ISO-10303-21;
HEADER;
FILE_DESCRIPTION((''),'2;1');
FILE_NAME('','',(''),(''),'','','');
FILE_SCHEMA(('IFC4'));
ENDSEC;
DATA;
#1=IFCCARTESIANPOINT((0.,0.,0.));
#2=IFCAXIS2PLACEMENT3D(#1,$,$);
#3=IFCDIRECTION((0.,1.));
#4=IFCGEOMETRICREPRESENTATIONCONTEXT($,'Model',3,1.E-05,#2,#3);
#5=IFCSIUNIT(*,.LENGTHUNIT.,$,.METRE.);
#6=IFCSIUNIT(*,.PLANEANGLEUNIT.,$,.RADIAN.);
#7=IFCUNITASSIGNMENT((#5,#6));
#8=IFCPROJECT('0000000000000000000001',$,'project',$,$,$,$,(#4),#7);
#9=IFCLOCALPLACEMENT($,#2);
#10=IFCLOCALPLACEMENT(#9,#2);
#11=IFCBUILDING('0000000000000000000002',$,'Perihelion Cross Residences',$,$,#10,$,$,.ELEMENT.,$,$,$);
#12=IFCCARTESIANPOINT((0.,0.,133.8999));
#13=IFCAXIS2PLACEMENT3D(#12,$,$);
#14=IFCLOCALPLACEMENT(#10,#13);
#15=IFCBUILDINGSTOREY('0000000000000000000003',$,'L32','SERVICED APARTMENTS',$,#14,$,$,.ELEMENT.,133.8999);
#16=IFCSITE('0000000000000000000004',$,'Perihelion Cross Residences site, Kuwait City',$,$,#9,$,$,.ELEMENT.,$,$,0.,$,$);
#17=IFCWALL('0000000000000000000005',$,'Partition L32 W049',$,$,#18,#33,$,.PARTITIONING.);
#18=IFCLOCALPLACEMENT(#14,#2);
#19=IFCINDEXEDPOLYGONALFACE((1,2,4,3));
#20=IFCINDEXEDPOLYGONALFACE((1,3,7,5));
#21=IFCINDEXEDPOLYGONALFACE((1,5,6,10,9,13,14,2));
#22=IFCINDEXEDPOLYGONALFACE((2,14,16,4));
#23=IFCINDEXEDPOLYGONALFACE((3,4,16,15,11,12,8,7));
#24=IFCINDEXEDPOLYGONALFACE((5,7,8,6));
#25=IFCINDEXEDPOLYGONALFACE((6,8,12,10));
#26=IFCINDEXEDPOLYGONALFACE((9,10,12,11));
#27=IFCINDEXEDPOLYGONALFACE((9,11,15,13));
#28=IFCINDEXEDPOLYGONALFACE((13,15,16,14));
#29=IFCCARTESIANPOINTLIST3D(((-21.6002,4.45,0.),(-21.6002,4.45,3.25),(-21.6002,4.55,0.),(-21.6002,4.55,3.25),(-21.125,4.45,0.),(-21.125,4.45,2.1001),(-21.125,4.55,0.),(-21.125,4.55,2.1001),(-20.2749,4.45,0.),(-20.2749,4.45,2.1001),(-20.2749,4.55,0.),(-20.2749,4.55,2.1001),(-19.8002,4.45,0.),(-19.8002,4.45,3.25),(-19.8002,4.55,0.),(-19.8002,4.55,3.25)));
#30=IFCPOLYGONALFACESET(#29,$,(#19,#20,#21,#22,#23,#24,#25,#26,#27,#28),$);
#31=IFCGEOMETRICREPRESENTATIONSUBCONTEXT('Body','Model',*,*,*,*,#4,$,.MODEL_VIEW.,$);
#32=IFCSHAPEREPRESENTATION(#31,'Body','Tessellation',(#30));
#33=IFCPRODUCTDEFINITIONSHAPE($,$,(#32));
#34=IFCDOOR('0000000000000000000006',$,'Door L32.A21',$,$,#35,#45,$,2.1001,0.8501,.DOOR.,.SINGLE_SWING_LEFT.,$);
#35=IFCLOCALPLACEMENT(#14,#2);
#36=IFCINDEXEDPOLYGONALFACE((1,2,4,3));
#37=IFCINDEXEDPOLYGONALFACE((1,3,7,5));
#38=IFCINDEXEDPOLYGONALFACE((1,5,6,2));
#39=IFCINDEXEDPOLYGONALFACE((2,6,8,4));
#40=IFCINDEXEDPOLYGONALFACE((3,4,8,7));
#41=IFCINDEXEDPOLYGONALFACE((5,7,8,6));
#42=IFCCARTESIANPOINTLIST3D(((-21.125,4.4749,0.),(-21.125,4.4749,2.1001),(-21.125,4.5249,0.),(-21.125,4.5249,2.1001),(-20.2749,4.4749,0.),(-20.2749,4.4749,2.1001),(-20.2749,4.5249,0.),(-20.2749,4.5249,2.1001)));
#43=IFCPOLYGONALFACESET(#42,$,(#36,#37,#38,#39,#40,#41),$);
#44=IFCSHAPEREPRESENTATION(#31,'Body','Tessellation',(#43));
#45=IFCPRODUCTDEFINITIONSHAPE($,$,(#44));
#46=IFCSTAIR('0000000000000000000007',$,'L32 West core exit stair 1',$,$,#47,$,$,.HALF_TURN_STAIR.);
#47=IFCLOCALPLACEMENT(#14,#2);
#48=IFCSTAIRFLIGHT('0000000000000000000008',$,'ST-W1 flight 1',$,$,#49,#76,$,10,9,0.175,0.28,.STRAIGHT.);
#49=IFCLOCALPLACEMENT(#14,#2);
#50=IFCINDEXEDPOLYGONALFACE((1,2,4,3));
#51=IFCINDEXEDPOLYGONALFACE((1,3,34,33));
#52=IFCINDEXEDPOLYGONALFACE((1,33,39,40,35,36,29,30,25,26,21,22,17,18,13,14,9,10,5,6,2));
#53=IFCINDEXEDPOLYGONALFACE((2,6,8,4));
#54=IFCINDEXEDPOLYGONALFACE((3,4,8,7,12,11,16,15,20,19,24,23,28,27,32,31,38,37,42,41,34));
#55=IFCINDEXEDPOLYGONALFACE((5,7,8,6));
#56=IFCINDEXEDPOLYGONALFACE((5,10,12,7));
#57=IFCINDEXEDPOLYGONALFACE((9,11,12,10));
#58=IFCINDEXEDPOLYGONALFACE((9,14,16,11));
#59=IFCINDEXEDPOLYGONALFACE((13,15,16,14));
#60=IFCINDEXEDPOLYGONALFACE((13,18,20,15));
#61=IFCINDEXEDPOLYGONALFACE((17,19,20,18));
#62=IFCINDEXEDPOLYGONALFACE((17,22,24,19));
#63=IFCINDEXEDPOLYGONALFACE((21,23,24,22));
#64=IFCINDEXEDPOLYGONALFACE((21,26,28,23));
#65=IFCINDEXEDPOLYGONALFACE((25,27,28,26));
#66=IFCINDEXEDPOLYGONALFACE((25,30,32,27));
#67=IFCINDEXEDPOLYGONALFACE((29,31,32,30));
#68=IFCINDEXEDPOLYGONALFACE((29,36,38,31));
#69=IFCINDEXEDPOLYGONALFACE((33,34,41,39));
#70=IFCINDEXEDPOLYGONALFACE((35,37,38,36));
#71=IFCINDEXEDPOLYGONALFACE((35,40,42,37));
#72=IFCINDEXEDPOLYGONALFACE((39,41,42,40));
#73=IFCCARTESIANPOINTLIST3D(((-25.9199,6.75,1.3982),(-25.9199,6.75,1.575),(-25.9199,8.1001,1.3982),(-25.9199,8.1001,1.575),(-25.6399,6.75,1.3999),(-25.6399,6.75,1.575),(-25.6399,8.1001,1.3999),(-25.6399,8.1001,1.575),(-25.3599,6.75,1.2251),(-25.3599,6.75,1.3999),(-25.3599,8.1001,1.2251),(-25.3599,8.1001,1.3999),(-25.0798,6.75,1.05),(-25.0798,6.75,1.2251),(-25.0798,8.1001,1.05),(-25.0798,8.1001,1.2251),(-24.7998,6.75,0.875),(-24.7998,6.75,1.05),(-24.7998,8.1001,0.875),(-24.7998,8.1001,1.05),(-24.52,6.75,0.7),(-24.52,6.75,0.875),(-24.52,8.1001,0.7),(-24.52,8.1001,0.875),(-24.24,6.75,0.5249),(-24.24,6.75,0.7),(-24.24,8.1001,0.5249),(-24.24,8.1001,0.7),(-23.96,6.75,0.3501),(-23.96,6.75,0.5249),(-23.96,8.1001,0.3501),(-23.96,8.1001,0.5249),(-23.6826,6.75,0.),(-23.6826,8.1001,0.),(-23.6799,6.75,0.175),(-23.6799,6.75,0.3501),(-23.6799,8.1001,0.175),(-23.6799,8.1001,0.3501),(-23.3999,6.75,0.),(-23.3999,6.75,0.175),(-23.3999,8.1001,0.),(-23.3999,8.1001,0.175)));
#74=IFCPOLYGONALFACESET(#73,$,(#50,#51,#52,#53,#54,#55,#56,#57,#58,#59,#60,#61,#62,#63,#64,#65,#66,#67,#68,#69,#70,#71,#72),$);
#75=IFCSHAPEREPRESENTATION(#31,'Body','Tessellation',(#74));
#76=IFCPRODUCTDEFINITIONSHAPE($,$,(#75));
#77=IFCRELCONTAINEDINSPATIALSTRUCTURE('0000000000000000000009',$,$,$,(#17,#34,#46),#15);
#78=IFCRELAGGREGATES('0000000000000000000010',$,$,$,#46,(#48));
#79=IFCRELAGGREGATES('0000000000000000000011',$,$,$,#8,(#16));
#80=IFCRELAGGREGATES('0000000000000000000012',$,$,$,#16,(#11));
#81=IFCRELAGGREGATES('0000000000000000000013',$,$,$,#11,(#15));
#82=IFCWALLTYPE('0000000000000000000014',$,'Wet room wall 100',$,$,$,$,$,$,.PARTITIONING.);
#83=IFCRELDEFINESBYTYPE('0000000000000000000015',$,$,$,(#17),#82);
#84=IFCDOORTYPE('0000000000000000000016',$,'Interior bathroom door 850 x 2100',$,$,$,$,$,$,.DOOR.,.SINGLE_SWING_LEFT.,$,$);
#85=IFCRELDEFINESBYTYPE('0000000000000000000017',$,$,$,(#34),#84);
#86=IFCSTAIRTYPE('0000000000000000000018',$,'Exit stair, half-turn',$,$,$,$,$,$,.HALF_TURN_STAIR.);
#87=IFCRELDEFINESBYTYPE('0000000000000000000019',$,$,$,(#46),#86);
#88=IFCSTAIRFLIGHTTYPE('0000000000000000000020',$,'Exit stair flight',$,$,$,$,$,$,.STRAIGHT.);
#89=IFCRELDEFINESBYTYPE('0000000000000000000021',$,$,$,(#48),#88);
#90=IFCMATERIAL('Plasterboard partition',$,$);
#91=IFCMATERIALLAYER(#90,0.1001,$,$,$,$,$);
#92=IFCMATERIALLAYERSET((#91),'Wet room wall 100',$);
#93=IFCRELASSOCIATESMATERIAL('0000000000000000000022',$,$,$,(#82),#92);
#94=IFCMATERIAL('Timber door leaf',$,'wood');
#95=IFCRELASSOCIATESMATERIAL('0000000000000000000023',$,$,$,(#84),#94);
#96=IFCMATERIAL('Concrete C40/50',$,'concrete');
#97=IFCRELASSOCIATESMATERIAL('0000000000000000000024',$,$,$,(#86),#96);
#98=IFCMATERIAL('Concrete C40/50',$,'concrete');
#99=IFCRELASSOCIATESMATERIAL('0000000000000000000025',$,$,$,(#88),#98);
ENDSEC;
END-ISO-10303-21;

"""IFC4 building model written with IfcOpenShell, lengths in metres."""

from ifc_helpers import new_model, si_unit, direction, frame, frame_2d, origin, place, context, subcontext, project, spatial, polyline, rectangle, outline, extrude, material, layer, layer_set, type_object, element, fill, aggregate, save


model = new_model("IFC4")

# Units and contexts
model_context = context("Model", 3, precision=1e-05, world=origin(), true_north=direction((0.0, 1.0)))
body_context = subcontext(model_context, "Body", "Model", "MODEL_VIEW")
ifc_project = project(units=[si_unit("LENGTHUNIT", "METRE"), si_unit("PLANEANGLEUNIT", "RADIAN")], contexts=[model_context])

# Site, building, storey
site_placement = place(None, origin())
site = spatial("IfcSite", under=ifc_project, at=site_placement, Name="Perihelion Cross Residences site, Kuwait City", CompositionType="ELEMENT", RefElevation=0.0)
building_placement = place(site_placement, origin())
building = spatial("IfcBuilding", under=site, at=building_placement, Name="Perihelion Cross Residences", CompositionType="ELEMENT")
storey_placement = place(building_placement, frame((0.0, 0.0, 133.8999)))
storey = spatial("IfcBuildingStorey", under=building, at=storey_placement, Name="L32", Description="SERVICED APARTMENTS", CompositionType="ELEMENT", Elevation=133.8999)

# Shared definitions
ifc_material_1 = material(Name="Plasterboard partition")
ifc_layer_1 = layer(ifc_material_1, 0.1001)
ifc_layer_set_1 = layer_set([ifc_layer_1], Name="Wet room wall 100")
wall_type_1 = type_object("IfcWallType", Name="Wet room wall 100", PredefinedType="PARTITIONING", material=ifc_layer_set_1)

# Wall, opening, door
wall_1_placement = place(storey_placement, frame((-21.6001, 4.5, 0.0), z_axis=(0.0, 0.0, 1.0), x_axis=(1.0, 0.0, 0.0)))
wall_1 = element("IfcWall", 1, at=wall_1_placement, inside=storey, type_object=wall_type_1, Name="Partition L32 W049", PredefinedType="PARTITIONING", context=body_context, shape_type="SweptSolid", body=[
    extrude(rectangle(XDim=1.8, YDim=0.1001, at=frame_2d((0.8999, 0.0))), origin(), (0.0, 0.0, 1.0), 3.25),
])
opening_1_placement = place(wall_1_placement, frame((0.4751, 0.0, 0.0)))
opening_1 = element("IfcOpeningElement", 2, at=opening_1_placement, cuts=wall_1, PredefinedType="OPENING", context=body_context, shape_type="SweptSolid", body=[
    extrude(rectangle(XDim=0.8501, YDim=2.1001, at=frame_2d((0.425, 1.05))), frame((0.0, 0.0601, 0.0), z_axis=(0.0, -1.0, 0.0), x_axis=(1.0, 0.0, 0.0)), (0.0, 0.0, 1.0), 0.1201),
])
ifc_material_2 = material(Name="Timber door leaf", Category="wood")
door_type_1 = type_object("IfcDoorType", Name="Interior bathroom door 850 x 2100", OperationType="SINGLE_SWING_LEFT", PredefinedType="DOOR", material=ifc_material_2)
door_1_placement = place(opening_1_placement, origin())
door_1 = element("IfcDoor", 3, at=door_1_placement, inside=storey, type_object=door_type_1, Name="Door L32.A21", OperationType="SINGLE_SWING_LEFT", OverallHeight=2.1001, OverallWidth=0.8501, PredefinedType="DOOR", context=body_context, shape_type="SweptSolid", body=[
    extrude(rectangle(XDim=0.8501, YDim=2.1001, at=frame_2d((0.425, 1.05))), frame((0.0, 0.0249, 0.0), z_axis=(0.0, -1.0, 0.0), x_axis=(1.0, 0.0, 0.0)), (0.0, 0.0, 1.0), 0.05),
])
fill(opening_1, door_1)

# Stair, stair flight
ifc_material_3 = material(Name="Concrete C40/50", Category="concrete")
stair_type = type_object("IfcStairType", Name="Exit stair, half-turn", PredefinedType="HALF_TURN_STAIR", material=ifc_material_3)
stair_placement = place(storey_placement, origin())
stair = element("IfcStair", 4, at=stair_placement, inside=storey, type_object=stair_type, Name="L32 West core exit stair 1", PredefinedType="HALF_TURN_STAIR")
ifc_material_4 = material(Name="Concrete C40/50", Category="concrete")
stair_flight_type = type_object("IfcStairFlightType", Name="Exit stair flight", PredefinedType="STRAIGHT", material=ifc_material_4)
stair_flight_placement = place(storey_placement, frame((-23.3999, 7.425, 0.0), z_axis=(0.0, 0.0, 1.0), x_axis=(-1.0, 0.0, 0.0)))
stair_flight = element("IfcStairFlight", 5, at=stair_flight_placement, type_object=stair_flight_type, Name="ST-W1 flight 1", NumberOfRisers=10, NumberOfTreads=9, PredefinedType="STRAIGHT", RiserHeight=0.175, TreadLength=0.28, context=body_context, shape_type="SweptSolid", body=[
    extrude(outline(polyline([(0.0, 0.0), (0.0, 0.175), (0.28, 0.175), (0.28, 0.3501), (0.5601, 0.3501), (0.5601, 0.5249), (0.8401, 0.5249), (0.8401, 0.7), (1.1201, 0.7), (1.1201, 0.875), (1.3999, 0.875), (1.3999, 1.05), (1.6799, 1.05), (1.6799, 1.2251), (1.96, 1.2251), (1.96, 1.3999), (2.24, 1.3999), (2.24, 1.575), (2.52, 1.575), (2.52, 1.75), (2.52, 1.3982), (0.2827, 0.0), (0.0, 0.0)])), frame((0.0, 0.675, 0.0), z_axis=(0.0, -1.0, 0.0), x_axis=(1.0, 0.0, 0.0)), (0.0, 0.0, 1.0), 1.3501),
])
aggregate(stair, [stair_flight])

save(model, "model.ifc")
